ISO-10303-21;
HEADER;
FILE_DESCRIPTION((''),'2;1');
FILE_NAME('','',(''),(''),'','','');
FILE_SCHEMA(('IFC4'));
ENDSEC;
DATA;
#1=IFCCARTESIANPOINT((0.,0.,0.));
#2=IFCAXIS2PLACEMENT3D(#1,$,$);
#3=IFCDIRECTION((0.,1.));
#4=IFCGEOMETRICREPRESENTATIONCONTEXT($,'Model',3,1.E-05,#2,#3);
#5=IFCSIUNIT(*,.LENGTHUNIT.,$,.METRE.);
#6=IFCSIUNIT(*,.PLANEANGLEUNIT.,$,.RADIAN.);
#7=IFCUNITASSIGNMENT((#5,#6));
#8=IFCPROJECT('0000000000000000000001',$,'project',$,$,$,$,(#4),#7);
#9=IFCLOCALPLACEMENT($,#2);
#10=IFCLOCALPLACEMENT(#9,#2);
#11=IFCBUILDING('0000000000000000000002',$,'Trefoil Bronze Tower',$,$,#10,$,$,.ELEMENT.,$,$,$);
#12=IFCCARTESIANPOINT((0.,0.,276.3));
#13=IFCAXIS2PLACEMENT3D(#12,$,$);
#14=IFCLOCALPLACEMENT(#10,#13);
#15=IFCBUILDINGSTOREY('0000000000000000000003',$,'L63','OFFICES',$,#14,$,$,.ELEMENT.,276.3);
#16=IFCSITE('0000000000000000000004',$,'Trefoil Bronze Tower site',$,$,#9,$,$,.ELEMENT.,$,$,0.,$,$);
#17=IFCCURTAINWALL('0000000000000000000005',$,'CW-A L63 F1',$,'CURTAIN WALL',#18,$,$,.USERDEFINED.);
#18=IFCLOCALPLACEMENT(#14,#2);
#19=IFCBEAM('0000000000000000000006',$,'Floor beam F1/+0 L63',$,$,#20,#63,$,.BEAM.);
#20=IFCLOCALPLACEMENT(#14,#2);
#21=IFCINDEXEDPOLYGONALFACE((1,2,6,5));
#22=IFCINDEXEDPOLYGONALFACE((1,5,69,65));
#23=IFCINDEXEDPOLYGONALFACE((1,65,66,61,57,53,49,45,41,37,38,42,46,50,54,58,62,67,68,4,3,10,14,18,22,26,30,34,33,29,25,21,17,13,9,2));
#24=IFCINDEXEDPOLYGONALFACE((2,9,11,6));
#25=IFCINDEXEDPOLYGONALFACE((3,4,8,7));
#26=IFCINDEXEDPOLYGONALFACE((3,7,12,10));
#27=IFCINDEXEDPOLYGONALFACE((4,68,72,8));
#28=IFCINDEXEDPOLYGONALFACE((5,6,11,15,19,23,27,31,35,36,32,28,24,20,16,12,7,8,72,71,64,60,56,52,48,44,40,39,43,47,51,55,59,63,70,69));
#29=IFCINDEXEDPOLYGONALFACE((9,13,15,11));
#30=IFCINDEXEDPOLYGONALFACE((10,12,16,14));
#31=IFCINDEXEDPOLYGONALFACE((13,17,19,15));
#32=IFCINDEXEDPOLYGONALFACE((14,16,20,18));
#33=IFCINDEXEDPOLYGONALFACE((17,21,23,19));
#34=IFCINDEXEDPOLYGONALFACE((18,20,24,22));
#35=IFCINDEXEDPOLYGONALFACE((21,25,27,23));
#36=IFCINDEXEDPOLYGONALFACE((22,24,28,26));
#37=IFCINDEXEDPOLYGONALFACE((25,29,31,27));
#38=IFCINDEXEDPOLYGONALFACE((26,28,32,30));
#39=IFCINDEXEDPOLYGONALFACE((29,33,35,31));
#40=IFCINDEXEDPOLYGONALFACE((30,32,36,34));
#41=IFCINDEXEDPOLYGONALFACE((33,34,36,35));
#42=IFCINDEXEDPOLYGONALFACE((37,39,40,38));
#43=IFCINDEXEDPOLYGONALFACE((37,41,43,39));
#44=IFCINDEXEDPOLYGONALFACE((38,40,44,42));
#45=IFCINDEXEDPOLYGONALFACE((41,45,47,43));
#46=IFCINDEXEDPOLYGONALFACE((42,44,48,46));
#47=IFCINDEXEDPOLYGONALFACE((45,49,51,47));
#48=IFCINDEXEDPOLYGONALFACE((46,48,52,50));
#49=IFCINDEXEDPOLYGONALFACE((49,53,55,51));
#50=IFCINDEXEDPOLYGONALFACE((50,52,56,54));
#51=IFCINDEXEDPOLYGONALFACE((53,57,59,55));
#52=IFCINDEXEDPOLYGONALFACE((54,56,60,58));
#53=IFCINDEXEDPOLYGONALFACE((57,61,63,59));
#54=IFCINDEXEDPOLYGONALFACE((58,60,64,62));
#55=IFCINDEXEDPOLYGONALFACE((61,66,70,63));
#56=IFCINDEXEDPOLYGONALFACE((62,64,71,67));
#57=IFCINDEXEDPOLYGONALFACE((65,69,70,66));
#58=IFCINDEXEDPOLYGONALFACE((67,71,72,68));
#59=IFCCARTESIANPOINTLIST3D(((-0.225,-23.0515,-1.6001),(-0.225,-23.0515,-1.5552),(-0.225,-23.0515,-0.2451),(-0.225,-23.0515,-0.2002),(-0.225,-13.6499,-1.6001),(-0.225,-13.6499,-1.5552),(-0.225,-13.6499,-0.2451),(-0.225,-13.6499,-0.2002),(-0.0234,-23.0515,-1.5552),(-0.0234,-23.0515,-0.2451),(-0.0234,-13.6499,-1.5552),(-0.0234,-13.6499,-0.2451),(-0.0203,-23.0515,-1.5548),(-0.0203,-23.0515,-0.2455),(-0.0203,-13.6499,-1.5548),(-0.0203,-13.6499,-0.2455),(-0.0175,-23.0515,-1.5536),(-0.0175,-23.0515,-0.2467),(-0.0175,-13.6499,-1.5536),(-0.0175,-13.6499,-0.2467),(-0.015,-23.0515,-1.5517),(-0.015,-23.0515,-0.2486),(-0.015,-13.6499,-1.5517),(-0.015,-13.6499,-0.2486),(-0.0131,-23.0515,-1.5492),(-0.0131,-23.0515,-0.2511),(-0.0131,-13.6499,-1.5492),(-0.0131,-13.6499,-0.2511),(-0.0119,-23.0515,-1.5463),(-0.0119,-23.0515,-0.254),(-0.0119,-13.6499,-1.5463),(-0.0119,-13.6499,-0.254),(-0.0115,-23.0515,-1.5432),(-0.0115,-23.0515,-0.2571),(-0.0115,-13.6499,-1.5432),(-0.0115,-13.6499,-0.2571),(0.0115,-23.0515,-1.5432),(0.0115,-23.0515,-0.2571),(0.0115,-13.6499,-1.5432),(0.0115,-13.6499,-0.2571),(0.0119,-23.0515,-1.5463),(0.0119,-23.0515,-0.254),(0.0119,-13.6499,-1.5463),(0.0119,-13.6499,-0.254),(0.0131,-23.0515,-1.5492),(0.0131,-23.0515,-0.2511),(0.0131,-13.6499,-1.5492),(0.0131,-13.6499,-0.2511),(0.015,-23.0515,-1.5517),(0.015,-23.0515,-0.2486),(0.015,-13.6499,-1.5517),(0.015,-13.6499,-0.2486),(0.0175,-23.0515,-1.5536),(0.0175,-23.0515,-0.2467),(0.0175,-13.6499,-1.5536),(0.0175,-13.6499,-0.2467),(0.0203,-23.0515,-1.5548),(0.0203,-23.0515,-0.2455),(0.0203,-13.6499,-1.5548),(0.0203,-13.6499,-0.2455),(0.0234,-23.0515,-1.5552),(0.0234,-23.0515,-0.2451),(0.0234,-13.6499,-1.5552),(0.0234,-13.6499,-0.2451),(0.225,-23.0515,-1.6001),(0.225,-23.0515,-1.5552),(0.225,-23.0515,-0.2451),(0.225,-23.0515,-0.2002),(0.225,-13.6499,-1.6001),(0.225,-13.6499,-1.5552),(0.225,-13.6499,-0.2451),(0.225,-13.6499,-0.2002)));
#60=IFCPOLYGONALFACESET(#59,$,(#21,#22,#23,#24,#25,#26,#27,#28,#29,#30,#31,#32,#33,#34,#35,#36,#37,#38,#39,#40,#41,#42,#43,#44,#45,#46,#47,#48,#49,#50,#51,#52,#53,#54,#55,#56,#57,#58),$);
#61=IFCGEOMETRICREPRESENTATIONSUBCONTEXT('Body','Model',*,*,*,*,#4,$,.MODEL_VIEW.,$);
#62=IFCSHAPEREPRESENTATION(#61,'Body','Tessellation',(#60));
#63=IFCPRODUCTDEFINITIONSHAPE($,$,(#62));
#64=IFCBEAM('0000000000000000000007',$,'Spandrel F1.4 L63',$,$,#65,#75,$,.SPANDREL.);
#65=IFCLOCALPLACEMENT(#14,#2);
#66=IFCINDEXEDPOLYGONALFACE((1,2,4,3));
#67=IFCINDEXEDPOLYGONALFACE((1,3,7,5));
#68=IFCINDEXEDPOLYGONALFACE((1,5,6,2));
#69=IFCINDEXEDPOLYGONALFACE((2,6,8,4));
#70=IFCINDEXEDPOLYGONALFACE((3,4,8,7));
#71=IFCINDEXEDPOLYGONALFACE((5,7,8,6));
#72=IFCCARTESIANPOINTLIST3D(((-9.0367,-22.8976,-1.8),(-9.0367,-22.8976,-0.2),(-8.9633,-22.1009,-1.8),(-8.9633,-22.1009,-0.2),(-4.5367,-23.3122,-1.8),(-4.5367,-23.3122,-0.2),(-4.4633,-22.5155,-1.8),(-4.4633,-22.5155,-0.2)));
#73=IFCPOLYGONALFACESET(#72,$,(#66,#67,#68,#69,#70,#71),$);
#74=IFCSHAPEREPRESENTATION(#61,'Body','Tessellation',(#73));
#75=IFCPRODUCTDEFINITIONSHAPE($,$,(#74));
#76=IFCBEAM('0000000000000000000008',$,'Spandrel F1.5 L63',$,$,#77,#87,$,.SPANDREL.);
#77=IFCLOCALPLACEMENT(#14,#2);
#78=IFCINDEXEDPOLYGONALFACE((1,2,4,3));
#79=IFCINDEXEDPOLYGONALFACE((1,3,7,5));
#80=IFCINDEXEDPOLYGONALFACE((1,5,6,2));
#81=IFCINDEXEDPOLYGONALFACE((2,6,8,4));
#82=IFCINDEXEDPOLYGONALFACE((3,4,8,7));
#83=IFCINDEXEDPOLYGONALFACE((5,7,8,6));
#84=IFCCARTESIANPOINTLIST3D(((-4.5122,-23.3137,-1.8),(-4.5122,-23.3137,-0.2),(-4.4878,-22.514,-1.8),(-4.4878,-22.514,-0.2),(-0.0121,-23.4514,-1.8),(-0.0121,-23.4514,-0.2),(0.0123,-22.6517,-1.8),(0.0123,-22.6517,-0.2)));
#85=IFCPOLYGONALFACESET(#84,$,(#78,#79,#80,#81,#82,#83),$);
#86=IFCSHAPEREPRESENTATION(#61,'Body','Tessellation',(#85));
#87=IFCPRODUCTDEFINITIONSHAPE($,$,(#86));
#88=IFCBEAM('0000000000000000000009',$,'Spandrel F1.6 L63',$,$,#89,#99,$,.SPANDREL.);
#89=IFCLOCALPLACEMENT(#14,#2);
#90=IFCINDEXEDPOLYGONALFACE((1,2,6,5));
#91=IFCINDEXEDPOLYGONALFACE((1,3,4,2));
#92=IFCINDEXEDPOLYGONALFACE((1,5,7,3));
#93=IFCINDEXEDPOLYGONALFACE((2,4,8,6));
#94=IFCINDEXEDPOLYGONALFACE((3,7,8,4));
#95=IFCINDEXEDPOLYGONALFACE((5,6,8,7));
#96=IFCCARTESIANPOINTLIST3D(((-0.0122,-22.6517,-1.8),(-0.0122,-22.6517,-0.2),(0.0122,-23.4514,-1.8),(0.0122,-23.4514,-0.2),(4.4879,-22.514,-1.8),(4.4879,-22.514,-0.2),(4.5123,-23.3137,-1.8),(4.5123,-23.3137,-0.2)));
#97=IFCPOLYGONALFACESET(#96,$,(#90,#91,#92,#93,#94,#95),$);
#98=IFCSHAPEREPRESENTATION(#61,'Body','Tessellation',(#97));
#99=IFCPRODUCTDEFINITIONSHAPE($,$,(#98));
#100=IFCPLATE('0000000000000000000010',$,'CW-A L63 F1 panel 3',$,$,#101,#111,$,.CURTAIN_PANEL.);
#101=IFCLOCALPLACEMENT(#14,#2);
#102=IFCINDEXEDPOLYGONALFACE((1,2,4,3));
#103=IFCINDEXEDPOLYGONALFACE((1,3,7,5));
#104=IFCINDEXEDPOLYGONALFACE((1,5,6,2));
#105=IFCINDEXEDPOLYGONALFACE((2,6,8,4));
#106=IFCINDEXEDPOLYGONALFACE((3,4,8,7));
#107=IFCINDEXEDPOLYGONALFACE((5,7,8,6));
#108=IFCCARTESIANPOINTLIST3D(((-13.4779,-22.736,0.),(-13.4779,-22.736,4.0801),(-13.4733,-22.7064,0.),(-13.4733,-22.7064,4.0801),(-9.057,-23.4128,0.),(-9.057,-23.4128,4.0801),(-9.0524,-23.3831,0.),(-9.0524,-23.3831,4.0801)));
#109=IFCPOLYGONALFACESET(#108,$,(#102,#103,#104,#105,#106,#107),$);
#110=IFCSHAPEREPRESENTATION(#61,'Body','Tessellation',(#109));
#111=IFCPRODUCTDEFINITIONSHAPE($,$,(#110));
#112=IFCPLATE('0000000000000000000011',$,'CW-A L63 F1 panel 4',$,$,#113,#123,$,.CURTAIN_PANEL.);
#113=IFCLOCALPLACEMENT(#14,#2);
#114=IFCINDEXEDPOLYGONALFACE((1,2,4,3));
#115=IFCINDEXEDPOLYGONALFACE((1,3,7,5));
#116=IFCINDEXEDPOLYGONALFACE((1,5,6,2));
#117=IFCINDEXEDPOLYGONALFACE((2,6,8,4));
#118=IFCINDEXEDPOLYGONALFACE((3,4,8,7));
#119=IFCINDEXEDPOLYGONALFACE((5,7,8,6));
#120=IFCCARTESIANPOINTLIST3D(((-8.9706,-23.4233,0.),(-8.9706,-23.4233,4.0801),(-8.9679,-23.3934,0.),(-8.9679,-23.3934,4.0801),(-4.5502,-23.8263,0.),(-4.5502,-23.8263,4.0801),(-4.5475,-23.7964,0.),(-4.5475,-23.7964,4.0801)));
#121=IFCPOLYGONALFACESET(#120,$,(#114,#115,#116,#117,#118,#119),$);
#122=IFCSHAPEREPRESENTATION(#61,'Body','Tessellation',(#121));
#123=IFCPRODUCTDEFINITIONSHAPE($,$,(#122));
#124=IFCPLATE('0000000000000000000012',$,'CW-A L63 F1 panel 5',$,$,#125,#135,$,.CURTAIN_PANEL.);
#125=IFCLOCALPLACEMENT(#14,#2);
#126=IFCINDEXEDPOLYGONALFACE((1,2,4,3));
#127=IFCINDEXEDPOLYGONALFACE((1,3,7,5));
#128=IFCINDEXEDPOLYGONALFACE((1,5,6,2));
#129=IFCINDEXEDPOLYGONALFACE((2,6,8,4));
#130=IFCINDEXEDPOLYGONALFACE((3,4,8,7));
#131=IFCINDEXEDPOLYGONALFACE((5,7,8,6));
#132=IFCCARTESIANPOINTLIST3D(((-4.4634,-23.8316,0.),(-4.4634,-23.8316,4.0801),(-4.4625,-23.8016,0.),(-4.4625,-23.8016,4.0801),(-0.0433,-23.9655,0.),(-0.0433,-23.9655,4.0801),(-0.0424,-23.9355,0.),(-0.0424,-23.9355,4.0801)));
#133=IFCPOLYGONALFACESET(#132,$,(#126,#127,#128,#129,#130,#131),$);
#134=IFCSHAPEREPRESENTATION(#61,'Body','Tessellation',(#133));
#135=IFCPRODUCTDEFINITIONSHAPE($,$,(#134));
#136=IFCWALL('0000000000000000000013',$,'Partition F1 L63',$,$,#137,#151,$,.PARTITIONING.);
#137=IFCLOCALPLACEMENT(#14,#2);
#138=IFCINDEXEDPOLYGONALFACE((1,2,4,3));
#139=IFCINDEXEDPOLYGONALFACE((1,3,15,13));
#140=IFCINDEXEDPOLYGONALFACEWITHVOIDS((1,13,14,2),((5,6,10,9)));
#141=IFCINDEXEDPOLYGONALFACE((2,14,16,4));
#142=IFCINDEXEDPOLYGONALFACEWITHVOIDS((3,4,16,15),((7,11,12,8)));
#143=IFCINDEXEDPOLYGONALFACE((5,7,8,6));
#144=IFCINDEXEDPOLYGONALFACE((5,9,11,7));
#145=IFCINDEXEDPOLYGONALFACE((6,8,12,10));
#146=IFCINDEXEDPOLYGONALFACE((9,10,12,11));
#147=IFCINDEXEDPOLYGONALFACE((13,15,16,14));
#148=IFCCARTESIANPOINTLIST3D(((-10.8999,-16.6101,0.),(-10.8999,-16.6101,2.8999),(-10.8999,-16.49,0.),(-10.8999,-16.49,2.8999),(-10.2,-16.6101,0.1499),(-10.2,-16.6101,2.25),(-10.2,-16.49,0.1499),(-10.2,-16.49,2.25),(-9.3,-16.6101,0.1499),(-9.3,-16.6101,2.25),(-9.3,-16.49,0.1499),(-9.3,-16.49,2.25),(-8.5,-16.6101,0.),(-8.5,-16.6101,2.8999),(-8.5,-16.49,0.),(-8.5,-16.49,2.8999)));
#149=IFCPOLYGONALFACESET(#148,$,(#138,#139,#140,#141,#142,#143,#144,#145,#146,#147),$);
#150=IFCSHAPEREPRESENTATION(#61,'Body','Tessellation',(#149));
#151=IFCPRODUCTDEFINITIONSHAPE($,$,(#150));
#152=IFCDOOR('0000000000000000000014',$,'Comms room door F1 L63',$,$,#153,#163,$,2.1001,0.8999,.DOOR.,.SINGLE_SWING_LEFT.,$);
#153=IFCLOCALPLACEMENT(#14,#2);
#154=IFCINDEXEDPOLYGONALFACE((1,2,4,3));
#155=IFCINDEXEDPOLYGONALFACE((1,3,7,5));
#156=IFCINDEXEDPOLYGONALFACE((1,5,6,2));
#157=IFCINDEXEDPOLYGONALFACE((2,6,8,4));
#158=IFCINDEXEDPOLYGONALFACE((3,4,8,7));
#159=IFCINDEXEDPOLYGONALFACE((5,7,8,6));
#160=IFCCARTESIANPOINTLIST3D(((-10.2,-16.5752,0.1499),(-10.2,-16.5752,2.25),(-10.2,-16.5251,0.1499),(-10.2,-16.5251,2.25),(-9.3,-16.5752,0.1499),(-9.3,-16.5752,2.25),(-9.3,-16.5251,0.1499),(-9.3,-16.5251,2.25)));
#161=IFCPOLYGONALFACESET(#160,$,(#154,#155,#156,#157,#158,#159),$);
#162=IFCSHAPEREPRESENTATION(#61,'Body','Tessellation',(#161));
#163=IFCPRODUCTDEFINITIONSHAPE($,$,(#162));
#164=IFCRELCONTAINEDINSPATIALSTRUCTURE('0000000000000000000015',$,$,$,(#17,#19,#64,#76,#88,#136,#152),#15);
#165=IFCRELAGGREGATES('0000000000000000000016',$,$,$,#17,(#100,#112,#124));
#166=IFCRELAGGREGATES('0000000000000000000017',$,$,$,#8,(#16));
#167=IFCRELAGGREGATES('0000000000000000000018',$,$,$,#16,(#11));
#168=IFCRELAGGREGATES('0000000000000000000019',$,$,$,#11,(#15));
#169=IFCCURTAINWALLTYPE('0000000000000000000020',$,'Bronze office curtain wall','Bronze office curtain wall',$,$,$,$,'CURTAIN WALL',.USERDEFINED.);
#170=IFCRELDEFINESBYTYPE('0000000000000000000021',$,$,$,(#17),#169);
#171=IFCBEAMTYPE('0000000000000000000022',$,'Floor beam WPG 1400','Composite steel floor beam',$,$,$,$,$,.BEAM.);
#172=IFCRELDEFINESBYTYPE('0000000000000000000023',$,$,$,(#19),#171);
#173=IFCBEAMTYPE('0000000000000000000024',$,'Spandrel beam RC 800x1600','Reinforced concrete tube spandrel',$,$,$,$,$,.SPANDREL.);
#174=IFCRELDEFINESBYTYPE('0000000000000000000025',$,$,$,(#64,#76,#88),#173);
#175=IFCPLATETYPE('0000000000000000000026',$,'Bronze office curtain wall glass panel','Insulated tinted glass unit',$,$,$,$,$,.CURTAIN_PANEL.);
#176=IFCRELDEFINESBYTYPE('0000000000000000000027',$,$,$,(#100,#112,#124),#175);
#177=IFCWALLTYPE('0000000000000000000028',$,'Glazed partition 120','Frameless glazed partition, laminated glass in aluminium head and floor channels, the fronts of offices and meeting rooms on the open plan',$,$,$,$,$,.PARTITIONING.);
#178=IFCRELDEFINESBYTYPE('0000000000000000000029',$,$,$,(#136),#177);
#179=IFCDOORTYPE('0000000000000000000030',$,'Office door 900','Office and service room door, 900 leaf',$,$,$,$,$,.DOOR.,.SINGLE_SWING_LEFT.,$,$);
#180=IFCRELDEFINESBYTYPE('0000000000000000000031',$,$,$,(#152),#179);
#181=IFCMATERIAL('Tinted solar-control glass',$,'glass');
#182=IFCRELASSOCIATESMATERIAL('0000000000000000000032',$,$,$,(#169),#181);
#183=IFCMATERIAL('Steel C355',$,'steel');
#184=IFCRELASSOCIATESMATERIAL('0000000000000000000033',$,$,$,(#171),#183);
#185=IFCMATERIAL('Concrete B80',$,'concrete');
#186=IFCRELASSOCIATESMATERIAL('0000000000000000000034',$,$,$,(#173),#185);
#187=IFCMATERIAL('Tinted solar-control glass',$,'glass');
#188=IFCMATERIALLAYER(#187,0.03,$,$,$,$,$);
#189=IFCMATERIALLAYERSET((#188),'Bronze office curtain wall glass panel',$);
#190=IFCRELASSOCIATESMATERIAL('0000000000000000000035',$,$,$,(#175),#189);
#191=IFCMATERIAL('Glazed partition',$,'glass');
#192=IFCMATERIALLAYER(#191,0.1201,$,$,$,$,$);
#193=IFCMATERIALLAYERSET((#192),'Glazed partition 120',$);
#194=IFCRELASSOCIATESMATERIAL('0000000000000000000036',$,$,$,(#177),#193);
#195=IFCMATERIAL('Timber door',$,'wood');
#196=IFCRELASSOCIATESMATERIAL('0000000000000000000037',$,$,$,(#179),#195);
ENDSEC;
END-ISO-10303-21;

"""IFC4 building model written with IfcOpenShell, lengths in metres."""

from ifc_helpers import new_model, si_unit, direction, frame, frame_2d, origin, origin_2d, place, context, subcontext, project, spatial, rectangle, i_section, extrude, material, layer, layer_set, material_profile, profile_set, type_object, element, fill, aggregate, save


model = new_model("IFC4")

# Units and contexts
model_context = context("Model", 3, precision=1e-05, world=origin(), true_north=direction((0.0, 1.0)))
body_context = subcontext(model_context, "Body", "Model", "MODEL_VIEW")
ifc_project = project(units=[si_unit("LENGTHUNIT", "METRE"), si_unit("PLANEANGLEUNIT", "RADIAN")], contexts=[model_context])

# Site, building, storey
site_placement = place(None, origin())
site = spatial("IfcSite", under=ifc_project, at=site_placement, Name="Trefoil Bronze Tower site", CompositionType="ELEMENT", RefElevation=0.0)
building_placement = place(site_placement, origin())
building = spatial("IfcBuilding", under=site, at=building_placement, Name="Trefoil Bronze Tower", CompositionType="ELEMENT")
storey_placement = place(building_placement, frame((0.0, 0.0, 276.3)))
storey = spatial("IfcBuildingStorey", under=building, at=storey_placement, Name="L63", Description="OFFICES", CompositionType="ELEMENT", Elevation=276.3)

# Curtain wall
ifc_material_1 = material(Name="Tinted solar-control glass", Category="glass")
curtain_wall_type = type_object("IfcCurtainWallType", Name="Bronze office curtain wall", Description="Bronze office curtain wall", ElementType="CURTAIN WALL", PredefinedType="USERDEFINED", material=ifc_material_1)
curtain_wall_placement = place(storey_placement, origin())
curtain_wall = element("IfcCurtainWall", 1, at=curtain_wall_placement, inside=storey, type_object=curtain_wall_type, Name="CW-A L63 F1", ObjectType="CURTAIN WALL", PredefinedType="USERDEFINED")

# Beams
ifc_material_2 = material(Name="Steel C355", Category="steel")
ifc_material_profile_1 = material_profile(ifc_material_2, i_section(OverallWidth=0.45, OverallDepth=1.3999, WebThickness=0.0229, FlangeThickness=0.0449, FilletRadius=0.012, at=origin_2d()), Name="WPG 1400")
ifc_profile_set_1 = profile_set([ifc_material_profile_1], Name="Steel C355")
beam_type_1 = type_object("IfcBeamType", Name="Floor beam WPG 1400", Description="Composite steel floor beam", PredefinedType="BEAM", material=ifc_profile_set_1)
beam_1_placement = place(storey_placement, frame((0.0, -23.0515, -0.9001), z_axis=(0.0, 1.0, 0.0), x_axis=(-1.0, 0.0, 0.0)))
element("IfcBeam", 2, at=beam_1_placement, inside=storey, type_object=beam_type_1, Name="Floor beam F1/+0 L63", PredefinedType="BEAM", context=body_context, shape_type="SweptSolid", body=[
    extrude(i_section(OverallWidth=0.45, OverallDepth=1.3999, WebThickness=0.0229, FlangeThickness=0.0449, FilletRadius=0.012, at=origin_2d()), origin(), (0.0, 0.0, 1.0), 9.4016),
])
ifc_material_3 = material(Name="Concrete B80", Category="concrete")
ifc_material_profile_2 = material_profile(ifc_material_3, rectangle(XDim=0.8, YDim=1.6001, at=origin_2d()), Name="RC 800x1600")
ifc_profile_set_2 = profile_set([ifc_material_profile_2], Name="Concrete B80")
beam_type_2 = type_object("IfcBeamType", Name="Spandrel beam RC 800x1600", Description="Reinforced concrete tube spandrel", PredefinedType="SPANDREL", material=ifc_profile_set_2)
beam_2_placement = place(storey_placement, frame((-9.0, -22.4993, -1.0), z_axis=(0.995784, -0.091734, 0.0), x_axis=(0.091734, 0.995784, 0.0)))
element("IfcBeam", 3, at=beam_2_placement, inside=storey, type_object=beam_type_2, Name="Spandrel F1.4 L63", PredefinedType="SPANDREL", context=body_context, shape_type="SweptSolid", body=[
    extrude(rectangle(XDim=0.8, YDim=1.6001, at=origin_2d()), origin(), (0.0, 0.0, 1.0), 4.519),
])
for number, where, z_axis, x_axis, name in (
    (4, (-4.5, -22.9138, -1.0), (0.999532, -0.030585, 0.0), (0.030585, 0.999532, 0.0), "Spandrel F1.5 L63"),
    (5, (0.0, -23.0515, -1.0), (0.999532, 0.030585, 0.0), (-0.030585, 0.999532, 0.0), "Spandrel F1.6 L63"),
):
    element("IfcBeam", number, at=place(storey_placement, frame(where, z_axis=z_axis, x_axis=x_axis)), inside=storey, type_object=beam_type_2, Name=name, PredefinedType="SPANDREL", context=body_context, shape_type="SweptSolid", body=[
        extrude(rectangle(XDim=0.8, YDim=1.6001, at=origin_2d()), origin(), (0.0, 0.0, 1.0), 4.5022),
    ])

# Plates
ifc_material_4 = material(Name="Tinted solar-control glass", Category="glass")
ifc_layer_1 = layer(ifc_material_4, 0.03)
ifc_layer_set_1 = layer_set([ifc_layer_1], Name="Bronze office curtain wall glass panel")
plate_type = type_object("IfcPlateType", Name="Bronze office curtain wall glass panel", Description="Insulated tinted glass unit", PredefinedType="CURTAIN_PANEL", material=ifc_layer_set_1)
plate_1_placement = place(storey_placement, frame((-11.2651, -23.0596, 0.0), z_axis=(0.0, 0.0, 1.0), x_axis=(0.988485, -0.151317, 0.0)))
plate_1 = element("IfcPlate", 6, at=plate_1_placement, type_object=plate_type, Name="CW-A L63 F1 panel 3", PredefinedType="CURTAIN_PANEL", context=body_context, shape_type="SweptSolid", body=[
    extrude(rectangle(XDim=4.4724, YDim=0.03, at=origin_2d()), origin(), (0.0, 0.0, 1.0), 4.0801),
])
plate_2_placement = place(storey_placement, frame((-6.759, -23.6099, 0.0), z_axis=(0.0, 0.0, 1.0), x_axis=(0.99587, -0.090789, 0.0)))
plate_2 = element("IfcPlate", 7, at=plate_2_placement, type_object=plate_type, Name="CW-A L63 F1 panel 4", PredefinedType="CURTAIN_PANEL", context=body_context, shape_type="SweptSolid", body=[
    extrude(rectangle(XDim=4.4387, YDim=0.03, at=origin_2d()), origin(), (0.0, 0.0, 1.0), 4.0801),
])
plate_3_placement = place(storey_placement, frame((-2.2529, -23.8835, 0.0), z_axis=(0.0, 0.0, 1.0), x_axis=(0.999542, -0.030263, 0.0)))
plate_3 = element("IfcPlate", 8, at=plate_3_placement, type_object=plate_type, Name="CW-A L63 F1 panel 5", PredefinedType="CURTAIN_PANEL", context=body_context, shape_type="SweptSolid", body=[
    extrude(rectangle(XDim=4.4221, YDim=0.03, at=origin_2d()), origin(), (0.0, 0.0, 1.0), 4.0801),
])
aggregate(curtain_wall, [plate_1, plate_2, plate_3])

# Wall, opening, door
ifc_material_5 = material(Name="Glazed partition", Category="glass")
ifc_layer_2 = layer(ifc_material_5, 0.1201)
ifc_layer_set_2 = layer_set([ifc_layer_2], Name="Glazed partition 120")
wall_type = type_object("IfcWallType", Name="Glazed partition 120", Description="Frameless glazed partition, laminated glass in aluminium head and floor channels, the fronts of offices and meeting rooms on the open plan", PredefinedType="PARTITIONING", material=ifc_layer_set_2)
wall_1_placement = place(storey_placement, frame((-10.8999, -16.55, 0.0), z_axis=(0.0, 0.0, 1.0), x_axis=(1.0, 0.0, 0.0)))
wall_1 = element("IfcWall", 9, at=wall_1_placement, inside=storey, type_object=wall_type, Name="Partition F1 L63", PredefinedType="PARTITIONING", context=body_context, shape_type="SweptSolid", body=[
    extrude(rectangle(XDim=2.3999, YDim=0.1201, at=frame_2d((1.2, 0.0))), origin(), (0.0, 0.0, 1.0), 2.8999),
])
opening_1_placement = place(wall_1_placement, frame((0.7, 0.0, 0.1499)))
opening_1 = element("IfcOpeningElement", 10, at=opening_1_placement, cuts=wall_1, PredefinedType="OPENING", context=body_context, shape_type="SweptSolid", body=[
    extrude(rectangle(XDim=0.8999, YDim=2.1001, at=frame_2d((0.45, 1.05))), frame((0.0, 0.0701, 0.0), z_axis=(0.0, -1.0, 0.0), x_axis=(1.0, 0.0, 0.0)), (0.0, 0.0, 1.0), 0.1401),
])
ifc_material_6 = material(Name="Timber door", Category="wood")
door_type_1 = type_object("IfcDoorType", Name="Office door 900", Description="Office and service room door, 900 leaf", OperationType="SINGLE_SWING_LEFT", PredefinedType="DOOR", material=ifc_material_6)
door_1_placement = place(opening_1_placement, origin())
door_1 = element("IfcDoor", 11, at=door_1_placement, inside=storey, type_object=door_type_1, Name="Comms room door F1 L63", OperationType="SINGLE_SWING_LEFT", OverallHeight=2.1001, OverallWidth=0.8999, PredefinedType="DOOR", context=body_context, shape_type="SweptSolid", body=[
    extrude(rectangle(XDim=0.8999, YDim=2.1001, at=frame_2d((0.45, 1.05))), frame((0.0, 0.0249, 0.0), z_axis=(0.0, -1.0, 0.0), x_axis=(1.0, 0.0, 0.0)), (0.0, 0.0, 1.0), 0.05),
])
fill(opening_1, door_1)

save(model, "model.ifc")
